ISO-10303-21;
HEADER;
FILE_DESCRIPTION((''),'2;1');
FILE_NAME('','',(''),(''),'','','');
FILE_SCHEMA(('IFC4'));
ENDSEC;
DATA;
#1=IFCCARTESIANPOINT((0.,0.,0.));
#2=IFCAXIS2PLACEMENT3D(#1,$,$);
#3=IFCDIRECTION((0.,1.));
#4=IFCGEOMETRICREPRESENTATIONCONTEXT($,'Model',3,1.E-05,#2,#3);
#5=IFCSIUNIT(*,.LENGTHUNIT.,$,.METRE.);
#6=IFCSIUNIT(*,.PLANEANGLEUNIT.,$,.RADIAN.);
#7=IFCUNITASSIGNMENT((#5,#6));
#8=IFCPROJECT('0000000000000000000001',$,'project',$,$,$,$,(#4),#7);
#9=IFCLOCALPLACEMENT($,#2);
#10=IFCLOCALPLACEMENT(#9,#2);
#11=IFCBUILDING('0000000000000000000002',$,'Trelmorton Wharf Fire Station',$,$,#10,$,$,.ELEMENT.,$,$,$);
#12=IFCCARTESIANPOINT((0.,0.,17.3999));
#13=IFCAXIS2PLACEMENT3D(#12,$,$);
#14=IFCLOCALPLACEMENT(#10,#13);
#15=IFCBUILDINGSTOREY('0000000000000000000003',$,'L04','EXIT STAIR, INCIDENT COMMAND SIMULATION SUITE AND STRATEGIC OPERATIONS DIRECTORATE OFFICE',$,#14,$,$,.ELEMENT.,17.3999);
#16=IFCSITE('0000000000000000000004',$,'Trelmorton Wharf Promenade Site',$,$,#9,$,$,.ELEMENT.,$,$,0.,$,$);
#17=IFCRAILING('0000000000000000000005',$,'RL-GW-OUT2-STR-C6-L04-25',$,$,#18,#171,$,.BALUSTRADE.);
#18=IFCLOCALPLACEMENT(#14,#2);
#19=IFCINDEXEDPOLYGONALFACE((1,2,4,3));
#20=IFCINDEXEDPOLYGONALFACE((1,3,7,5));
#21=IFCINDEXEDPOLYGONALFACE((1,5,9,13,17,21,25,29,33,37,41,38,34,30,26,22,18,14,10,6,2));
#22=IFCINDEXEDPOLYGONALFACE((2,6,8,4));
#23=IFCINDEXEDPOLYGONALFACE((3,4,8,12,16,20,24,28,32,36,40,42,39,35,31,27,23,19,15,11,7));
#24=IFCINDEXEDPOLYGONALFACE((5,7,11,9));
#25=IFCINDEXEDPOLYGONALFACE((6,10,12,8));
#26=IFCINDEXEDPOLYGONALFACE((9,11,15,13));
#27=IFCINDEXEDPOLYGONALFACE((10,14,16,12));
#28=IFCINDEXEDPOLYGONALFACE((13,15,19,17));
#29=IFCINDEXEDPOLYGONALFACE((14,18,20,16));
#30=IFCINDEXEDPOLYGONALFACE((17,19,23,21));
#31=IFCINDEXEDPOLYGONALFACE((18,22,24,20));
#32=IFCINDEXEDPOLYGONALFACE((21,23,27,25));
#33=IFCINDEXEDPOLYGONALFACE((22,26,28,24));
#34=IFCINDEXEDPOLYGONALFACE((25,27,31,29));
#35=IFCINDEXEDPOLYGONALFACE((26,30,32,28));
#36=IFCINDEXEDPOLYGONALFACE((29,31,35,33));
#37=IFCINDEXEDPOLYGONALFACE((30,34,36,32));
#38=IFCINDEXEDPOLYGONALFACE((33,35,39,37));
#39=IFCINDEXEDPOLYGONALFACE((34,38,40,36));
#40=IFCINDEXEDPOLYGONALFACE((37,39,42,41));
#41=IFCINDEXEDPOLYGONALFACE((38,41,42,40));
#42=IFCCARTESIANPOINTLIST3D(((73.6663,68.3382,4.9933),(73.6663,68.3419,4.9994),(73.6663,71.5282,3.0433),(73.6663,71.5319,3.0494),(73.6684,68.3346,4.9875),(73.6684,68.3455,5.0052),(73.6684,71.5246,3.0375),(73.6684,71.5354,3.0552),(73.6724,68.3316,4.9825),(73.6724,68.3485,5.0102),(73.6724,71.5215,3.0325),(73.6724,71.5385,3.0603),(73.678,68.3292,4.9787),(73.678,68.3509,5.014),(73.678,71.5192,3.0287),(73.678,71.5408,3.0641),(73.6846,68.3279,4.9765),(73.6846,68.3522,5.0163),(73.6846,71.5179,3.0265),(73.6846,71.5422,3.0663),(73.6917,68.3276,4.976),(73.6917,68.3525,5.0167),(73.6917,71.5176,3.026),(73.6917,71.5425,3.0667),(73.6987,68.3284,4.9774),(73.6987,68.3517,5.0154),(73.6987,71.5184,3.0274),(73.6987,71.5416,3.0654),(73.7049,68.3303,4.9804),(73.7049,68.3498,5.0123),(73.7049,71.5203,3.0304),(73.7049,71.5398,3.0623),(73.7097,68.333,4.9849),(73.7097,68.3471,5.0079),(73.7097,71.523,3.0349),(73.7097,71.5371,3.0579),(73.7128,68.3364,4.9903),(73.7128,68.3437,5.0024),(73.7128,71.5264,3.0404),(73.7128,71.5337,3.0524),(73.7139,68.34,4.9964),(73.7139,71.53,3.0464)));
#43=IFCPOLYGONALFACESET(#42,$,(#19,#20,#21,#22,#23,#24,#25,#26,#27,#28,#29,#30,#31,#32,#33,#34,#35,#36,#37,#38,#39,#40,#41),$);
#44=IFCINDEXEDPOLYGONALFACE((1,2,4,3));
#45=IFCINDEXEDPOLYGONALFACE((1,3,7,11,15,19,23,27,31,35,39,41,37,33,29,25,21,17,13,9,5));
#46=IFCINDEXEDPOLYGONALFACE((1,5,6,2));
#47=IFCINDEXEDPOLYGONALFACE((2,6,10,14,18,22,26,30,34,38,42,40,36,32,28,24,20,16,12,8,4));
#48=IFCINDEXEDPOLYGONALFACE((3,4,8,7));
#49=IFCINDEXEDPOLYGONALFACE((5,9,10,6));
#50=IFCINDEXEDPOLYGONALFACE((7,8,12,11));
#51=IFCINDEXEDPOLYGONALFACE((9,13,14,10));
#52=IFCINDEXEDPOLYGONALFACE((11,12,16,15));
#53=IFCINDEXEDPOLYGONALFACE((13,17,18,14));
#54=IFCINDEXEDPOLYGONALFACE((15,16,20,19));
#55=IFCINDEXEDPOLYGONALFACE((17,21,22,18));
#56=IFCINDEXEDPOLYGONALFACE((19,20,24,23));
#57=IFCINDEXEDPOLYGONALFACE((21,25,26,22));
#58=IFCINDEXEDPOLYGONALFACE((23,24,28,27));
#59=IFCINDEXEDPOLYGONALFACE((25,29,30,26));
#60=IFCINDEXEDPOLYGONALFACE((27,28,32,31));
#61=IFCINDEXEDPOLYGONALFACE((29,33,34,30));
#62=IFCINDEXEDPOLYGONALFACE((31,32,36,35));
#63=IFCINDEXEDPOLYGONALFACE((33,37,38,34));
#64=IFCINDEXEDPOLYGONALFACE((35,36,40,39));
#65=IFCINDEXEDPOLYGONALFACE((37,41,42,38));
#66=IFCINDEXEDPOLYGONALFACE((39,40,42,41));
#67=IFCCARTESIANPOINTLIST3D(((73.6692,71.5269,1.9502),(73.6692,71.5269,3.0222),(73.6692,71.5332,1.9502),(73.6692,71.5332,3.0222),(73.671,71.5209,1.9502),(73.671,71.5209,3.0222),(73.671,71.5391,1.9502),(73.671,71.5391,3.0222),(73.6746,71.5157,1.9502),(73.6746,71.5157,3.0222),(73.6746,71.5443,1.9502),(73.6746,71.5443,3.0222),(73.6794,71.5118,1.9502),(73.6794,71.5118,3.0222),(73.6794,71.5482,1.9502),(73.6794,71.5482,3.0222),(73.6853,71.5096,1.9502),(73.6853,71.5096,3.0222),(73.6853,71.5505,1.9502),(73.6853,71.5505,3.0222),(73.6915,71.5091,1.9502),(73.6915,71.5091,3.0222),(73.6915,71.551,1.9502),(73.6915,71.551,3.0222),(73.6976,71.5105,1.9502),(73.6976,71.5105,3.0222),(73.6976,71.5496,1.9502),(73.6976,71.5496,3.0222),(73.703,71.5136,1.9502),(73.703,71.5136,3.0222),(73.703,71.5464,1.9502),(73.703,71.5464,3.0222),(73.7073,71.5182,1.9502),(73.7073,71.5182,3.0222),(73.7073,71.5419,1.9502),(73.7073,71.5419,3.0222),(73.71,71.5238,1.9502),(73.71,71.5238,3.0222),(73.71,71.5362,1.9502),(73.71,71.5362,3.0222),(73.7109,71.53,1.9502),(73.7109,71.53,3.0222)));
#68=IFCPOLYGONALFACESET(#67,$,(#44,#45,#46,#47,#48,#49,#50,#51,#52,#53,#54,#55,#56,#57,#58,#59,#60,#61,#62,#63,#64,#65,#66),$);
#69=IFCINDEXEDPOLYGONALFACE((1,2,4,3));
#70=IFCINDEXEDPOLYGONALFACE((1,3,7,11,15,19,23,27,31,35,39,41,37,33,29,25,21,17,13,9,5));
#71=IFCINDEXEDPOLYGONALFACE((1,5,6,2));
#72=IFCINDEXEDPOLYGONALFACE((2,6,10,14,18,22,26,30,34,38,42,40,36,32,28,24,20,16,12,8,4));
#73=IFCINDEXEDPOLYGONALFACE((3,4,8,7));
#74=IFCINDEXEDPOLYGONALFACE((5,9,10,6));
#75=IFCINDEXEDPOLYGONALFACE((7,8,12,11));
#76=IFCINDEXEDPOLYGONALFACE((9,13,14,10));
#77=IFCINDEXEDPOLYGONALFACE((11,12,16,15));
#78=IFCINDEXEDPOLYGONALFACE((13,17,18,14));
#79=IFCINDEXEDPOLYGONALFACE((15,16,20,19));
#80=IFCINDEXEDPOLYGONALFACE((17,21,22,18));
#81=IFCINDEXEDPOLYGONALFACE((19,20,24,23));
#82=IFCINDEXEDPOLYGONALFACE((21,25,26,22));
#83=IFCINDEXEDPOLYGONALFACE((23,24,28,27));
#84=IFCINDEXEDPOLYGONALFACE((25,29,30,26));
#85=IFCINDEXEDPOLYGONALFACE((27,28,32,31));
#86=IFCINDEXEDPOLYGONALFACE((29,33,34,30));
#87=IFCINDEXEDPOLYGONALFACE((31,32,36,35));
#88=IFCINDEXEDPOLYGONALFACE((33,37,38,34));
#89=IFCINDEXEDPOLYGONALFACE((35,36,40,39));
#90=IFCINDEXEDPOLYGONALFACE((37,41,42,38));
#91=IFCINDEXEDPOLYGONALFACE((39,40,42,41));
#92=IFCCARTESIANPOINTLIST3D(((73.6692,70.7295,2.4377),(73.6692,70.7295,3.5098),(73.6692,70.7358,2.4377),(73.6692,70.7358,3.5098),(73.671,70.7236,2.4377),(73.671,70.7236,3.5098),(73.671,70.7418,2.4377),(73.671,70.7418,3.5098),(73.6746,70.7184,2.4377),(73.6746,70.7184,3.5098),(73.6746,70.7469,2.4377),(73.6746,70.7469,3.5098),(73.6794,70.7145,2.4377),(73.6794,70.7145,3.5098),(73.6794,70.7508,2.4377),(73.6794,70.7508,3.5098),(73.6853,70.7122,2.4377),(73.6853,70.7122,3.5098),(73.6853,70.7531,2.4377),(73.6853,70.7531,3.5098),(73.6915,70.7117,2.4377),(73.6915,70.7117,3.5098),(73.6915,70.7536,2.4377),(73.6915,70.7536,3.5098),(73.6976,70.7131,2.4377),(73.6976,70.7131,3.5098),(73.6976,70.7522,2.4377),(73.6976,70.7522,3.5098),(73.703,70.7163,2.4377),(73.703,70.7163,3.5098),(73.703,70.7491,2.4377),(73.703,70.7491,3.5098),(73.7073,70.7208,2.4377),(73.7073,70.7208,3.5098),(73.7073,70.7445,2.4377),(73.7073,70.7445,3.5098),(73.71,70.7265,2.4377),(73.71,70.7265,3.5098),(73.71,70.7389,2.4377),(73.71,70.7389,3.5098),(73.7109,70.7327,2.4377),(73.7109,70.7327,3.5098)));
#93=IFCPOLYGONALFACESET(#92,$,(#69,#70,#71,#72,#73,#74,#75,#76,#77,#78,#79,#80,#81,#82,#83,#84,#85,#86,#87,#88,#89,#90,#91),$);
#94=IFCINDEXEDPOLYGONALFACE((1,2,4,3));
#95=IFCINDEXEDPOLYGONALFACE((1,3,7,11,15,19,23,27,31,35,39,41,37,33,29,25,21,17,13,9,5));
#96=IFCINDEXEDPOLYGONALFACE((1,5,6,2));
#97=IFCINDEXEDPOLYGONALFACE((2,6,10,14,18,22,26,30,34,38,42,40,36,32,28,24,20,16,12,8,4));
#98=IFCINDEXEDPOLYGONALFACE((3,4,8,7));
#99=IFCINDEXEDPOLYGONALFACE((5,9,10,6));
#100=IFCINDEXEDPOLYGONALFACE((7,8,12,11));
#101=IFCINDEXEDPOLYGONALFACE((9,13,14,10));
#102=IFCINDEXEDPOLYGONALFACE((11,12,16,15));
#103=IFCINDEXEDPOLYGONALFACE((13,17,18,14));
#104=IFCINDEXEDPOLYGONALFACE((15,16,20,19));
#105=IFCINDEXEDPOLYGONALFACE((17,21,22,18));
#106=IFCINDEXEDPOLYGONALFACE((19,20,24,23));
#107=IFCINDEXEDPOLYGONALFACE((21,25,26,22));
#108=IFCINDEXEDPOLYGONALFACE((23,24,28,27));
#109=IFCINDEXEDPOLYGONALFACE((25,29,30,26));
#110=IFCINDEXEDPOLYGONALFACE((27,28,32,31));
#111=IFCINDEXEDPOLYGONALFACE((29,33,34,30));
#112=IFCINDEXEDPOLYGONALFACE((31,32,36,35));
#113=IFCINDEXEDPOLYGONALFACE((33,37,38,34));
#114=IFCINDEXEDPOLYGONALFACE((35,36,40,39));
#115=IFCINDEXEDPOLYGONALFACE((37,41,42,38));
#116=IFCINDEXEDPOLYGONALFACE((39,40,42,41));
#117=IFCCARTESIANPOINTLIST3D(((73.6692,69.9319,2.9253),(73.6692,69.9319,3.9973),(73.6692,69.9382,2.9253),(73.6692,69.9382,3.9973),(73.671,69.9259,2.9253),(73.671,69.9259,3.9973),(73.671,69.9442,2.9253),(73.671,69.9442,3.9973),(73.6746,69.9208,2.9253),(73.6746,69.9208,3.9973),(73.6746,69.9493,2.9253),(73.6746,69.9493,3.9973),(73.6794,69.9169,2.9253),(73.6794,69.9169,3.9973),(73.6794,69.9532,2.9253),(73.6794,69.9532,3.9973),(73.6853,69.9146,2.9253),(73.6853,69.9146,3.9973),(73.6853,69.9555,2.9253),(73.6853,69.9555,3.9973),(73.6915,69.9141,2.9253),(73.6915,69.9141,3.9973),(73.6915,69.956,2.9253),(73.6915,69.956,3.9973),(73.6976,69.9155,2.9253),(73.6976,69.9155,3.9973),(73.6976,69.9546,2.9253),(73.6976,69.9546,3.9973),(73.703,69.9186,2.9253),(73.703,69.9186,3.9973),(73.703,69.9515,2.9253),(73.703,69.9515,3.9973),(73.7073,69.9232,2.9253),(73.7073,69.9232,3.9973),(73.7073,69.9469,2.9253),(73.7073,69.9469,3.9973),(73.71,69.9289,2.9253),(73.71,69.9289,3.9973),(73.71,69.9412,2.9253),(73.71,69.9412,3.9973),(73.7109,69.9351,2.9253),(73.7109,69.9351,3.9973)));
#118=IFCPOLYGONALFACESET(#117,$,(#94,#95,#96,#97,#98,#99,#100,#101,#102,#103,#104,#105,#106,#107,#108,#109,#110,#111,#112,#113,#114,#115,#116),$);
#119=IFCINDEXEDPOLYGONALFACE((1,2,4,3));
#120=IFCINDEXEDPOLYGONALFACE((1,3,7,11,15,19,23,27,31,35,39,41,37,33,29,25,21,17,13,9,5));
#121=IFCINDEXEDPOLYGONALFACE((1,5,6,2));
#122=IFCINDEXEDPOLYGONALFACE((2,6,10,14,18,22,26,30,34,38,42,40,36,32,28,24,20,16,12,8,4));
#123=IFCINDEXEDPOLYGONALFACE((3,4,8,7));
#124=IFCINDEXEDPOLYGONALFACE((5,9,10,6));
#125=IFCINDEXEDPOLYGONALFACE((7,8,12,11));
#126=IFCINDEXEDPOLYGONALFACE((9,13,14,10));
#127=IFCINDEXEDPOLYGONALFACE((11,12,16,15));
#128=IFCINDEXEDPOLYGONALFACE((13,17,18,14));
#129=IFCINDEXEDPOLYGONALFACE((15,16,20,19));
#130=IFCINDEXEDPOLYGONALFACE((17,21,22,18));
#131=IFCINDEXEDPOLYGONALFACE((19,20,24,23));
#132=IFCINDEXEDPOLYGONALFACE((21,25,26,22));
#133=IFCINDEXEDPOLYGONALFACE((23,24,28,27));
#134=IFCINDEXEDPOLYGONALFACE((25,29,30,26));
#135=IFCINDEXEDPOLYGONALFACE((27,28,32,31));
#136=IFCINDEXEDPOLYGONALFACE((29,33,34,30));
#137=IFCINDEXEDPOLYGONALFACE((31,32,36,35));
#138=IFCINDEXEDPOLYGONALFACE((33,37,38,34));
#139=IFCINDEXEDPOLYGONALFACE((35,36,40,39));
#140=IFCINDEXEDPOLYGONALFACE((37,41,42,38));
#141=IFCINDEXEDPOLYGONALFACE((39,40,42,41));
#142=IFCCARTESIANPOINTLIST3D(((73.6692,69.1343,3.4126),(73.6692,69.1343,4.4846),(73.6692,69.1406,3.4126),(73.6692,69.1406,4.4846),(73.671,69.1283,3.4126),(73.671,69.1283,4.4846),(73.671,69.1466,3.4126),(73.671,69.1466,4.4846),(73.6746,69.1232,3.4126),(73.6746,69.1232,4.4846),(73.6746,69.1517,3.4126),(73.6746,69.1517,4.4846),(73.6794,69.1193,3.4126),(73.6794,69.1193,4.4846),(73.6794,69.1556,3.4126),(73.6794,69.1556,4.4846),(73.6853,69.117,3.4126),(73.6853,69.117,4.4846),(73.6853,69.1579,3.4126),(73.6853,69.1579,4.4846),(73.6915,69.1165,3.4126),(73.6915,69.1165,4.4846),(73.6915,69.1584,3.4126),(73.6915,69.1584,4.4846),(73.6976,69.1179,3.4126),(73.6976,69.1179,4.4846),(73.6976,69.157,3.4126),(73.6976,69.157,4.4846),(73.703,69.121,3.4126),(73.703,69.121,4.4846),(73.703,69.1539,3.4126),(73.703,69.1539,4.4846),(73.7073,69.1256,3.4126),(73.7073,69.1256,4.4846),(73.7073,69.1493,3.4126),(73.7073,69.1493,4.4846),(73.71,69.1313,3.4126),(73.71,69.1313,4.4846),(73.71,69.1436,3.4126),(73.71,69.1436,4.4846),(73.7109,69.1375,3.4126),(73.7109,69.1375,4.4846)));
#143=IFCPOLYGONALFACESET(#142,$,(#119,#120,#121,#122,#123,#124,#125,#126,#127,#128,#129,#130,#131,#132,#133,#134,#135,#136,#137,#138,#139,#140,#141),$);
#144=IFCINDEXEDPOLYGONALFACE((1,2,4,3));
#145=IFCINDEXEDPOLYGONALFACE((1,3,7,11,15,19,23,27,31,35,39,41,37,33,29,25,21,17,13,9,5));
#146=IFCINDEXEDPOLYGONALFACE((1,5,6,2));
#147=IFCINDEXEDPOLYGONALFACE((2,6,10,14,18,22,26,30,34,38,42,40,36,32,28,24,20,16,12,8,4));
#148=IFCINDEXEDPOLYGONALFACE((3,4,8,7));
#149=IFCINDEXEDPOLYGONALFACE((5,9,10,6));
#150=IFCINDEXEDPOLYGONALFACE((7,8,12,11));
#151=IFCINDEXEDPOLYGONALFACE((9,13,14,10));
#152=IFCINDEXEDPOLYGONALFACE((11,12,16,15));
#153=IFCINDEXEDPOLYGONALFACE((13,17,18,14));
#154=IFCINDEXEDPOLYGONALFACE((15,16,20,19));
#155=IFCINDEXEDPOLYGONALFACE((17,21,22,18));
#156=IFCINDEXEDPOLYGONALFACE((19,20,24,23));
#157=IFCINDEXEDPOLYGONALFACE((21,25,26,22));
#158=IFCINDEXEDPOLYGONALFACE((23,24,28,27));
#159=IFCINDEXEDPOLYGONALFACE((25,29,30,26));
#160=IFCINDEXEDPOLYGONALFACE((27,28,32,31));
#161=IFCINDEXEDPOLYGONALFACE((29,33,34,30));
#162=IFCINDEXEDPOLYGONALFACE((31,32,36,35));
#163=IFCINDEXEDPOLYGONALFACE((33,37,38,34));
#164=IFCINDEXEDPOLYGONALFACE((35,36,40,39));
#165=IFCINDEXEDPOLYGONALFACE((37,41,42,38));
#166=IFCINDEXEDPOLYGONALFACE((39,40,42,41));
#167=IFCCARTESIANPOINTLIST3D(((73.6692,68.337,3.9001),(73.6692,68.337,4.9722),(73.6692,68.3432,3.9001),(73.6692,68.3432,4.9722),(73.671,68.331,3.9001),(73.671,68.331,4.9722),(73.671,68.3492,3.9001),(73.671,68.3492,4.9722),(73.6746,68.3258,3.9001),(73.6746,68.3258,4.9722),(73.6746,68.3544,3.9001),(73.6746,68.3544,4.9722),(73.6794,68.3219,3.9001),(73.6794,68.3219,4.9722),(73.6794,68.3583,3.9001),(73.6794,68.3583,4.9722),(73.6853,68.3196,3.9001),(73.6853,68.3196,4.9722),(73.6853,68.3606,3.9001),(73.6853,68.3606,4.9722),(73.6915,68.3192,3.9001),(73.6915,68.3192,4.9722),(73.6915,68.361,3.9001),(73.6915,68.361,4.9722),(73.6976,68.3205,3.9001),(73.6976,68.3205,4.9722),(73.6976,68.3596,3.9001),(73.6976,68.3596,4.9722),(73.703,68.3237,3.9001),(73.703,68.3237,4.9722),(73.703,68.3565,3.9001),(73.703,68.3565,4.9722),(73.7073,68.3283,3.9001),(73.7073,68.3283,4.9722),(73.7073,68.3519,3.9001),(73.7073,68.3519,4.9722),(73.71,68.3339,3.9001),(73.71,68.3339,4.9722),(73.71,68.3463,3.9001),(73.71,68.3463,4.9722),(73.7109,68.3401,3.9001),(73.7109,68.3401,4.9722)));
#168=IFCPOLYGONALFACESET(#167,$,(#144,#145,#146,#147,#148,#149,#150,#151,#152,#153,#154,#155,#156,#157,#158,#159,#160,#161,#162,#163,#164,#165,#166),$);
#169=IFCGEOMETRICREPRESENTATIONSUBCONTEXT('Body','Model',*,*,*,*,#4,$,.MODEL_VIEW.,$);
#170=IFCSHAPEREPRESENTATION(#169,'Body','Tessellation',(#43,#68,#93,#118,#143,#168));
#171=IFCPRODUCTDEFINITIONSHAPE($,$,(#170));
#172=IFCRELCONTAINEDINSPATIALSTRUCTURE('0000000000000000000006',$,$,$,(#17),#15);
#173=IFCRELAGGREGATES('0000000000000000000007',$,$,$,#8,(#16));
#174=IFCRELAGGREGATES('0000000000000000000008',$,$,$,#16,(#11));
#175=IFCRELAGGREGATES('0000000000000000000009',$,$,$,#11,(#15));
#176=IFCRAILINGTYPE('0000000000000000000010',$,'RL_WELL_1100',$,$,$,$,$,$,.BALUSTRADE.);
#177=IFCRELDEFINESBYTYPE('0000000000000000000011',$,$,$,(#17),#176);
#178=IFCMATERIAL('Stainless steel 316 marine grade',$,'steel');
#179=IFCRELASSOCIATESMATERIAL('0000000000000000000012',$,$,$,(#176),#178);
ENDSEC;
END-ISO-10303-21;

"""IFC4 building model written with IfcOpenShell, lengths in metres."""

from ifc_helpers import new_model, si_unit, direction, frame, origin, origin_2d, place, context, subcontext, project, spatial, circle, extrude, material, type_object, element, save


model = new_model("IFC4")

# Units and contexts
model_context = context("Model", 3, precision=1e-05, world=origin(), true_north=direction((0.0, 1.0)))
body_context = subcontext(model_context, "Body", "Model", "MODEL_VIEW")
ifc_project = project(units=[si_unit("LENGTHUNIT", "METRE"), si_unit("PLANEANGLEUNIT", "RADIAN")], contexts=[model_context])

# Site, building, storey
site_placement = place(None, origin())
site = spatial("IfcSite", under=ifc_project, at=site_placement, Name="Trelmorton Wharf Promenade Site", CompositionType="ELEMENT", RefElevation=0.0)
building_placement = place(site_placement, origin())
building = spatial("IfcBuilding", under=site, at=building_placement, Name="Trelmorton Wharf Fire Station", CompositionType="ELEMENT")
storey_placement = place(building_placement, frame((0.0, 0.0, 17.3999)))
storey = spatial("IfcBuildingStorey", under=building, at=storey_placement, Name="L04", Description="EXIT STAIR, INCIDENT COMMAND SIMULATION SUITE AND STRATEGIC OPERATIONS DIRECTORATE OFFICE", CompositionType="ELEMENT", Elevation=17.3999)

# Shared definitions
ifc_material_1 = material(Name="Stainless steel 316 marine grade", Category="steel")

# Railing
railing_type_1 = type_object("IfcRailingType", Name="RL_WELL_1100", PredefinedType="BALUSTRADE", material=ifc_material_1)
railing_1_placement = place(storey_placement, frame((73.6899, 71.53, 1.9502)))
element("IfcRailing", 1, at=railing_1_placement, inside=storey, type_object=railing_type_1, Name="RL-GW-OUT2-STR-C6-L04-25", PredefinedType="BALUSTRADE", context=body_context, shape_type="SweptSolid", body=[
    extrude(circle(Radius=0.0239, at=origin_2d()), frame((0.0, 0.0, 1.0962), z_axis=(0.0, -0.853217, 0.521556), x_axis=(1.0, 0.0, 0.0)), (0.0, 0.0, 1.0), 3.7388),
    extrude(circle(Radius=0.021, at=origin_2d()), origin(), (0.0, 0.0, 1.0), 1.072),
    extrude(circle(Radius=0.021, at=origin_2d()), frame((0.0, -0.7974, 0.4875)), (0.0, 0.0, 1.0), 1.072),
    extrude(circle(Radius=0.021, at=origin_2d()), frame((0.0, -1.595, 0.9751)), (0.0, 0.0, 1.0), 1.072),
    extrude(circle(Radius=0.021, at=origin_2d()), frame((0.0, -2.3926, 1.4624)), (0.0, 0.0, 1.0), 1.072),
    extrude(circle(Radius=0.021, at=origin_2d()), frame((0.0, -3.1899, 1.95)), (0.0, 0.0, 1.0), 1.072),
])

save(model, "model.ifc")
